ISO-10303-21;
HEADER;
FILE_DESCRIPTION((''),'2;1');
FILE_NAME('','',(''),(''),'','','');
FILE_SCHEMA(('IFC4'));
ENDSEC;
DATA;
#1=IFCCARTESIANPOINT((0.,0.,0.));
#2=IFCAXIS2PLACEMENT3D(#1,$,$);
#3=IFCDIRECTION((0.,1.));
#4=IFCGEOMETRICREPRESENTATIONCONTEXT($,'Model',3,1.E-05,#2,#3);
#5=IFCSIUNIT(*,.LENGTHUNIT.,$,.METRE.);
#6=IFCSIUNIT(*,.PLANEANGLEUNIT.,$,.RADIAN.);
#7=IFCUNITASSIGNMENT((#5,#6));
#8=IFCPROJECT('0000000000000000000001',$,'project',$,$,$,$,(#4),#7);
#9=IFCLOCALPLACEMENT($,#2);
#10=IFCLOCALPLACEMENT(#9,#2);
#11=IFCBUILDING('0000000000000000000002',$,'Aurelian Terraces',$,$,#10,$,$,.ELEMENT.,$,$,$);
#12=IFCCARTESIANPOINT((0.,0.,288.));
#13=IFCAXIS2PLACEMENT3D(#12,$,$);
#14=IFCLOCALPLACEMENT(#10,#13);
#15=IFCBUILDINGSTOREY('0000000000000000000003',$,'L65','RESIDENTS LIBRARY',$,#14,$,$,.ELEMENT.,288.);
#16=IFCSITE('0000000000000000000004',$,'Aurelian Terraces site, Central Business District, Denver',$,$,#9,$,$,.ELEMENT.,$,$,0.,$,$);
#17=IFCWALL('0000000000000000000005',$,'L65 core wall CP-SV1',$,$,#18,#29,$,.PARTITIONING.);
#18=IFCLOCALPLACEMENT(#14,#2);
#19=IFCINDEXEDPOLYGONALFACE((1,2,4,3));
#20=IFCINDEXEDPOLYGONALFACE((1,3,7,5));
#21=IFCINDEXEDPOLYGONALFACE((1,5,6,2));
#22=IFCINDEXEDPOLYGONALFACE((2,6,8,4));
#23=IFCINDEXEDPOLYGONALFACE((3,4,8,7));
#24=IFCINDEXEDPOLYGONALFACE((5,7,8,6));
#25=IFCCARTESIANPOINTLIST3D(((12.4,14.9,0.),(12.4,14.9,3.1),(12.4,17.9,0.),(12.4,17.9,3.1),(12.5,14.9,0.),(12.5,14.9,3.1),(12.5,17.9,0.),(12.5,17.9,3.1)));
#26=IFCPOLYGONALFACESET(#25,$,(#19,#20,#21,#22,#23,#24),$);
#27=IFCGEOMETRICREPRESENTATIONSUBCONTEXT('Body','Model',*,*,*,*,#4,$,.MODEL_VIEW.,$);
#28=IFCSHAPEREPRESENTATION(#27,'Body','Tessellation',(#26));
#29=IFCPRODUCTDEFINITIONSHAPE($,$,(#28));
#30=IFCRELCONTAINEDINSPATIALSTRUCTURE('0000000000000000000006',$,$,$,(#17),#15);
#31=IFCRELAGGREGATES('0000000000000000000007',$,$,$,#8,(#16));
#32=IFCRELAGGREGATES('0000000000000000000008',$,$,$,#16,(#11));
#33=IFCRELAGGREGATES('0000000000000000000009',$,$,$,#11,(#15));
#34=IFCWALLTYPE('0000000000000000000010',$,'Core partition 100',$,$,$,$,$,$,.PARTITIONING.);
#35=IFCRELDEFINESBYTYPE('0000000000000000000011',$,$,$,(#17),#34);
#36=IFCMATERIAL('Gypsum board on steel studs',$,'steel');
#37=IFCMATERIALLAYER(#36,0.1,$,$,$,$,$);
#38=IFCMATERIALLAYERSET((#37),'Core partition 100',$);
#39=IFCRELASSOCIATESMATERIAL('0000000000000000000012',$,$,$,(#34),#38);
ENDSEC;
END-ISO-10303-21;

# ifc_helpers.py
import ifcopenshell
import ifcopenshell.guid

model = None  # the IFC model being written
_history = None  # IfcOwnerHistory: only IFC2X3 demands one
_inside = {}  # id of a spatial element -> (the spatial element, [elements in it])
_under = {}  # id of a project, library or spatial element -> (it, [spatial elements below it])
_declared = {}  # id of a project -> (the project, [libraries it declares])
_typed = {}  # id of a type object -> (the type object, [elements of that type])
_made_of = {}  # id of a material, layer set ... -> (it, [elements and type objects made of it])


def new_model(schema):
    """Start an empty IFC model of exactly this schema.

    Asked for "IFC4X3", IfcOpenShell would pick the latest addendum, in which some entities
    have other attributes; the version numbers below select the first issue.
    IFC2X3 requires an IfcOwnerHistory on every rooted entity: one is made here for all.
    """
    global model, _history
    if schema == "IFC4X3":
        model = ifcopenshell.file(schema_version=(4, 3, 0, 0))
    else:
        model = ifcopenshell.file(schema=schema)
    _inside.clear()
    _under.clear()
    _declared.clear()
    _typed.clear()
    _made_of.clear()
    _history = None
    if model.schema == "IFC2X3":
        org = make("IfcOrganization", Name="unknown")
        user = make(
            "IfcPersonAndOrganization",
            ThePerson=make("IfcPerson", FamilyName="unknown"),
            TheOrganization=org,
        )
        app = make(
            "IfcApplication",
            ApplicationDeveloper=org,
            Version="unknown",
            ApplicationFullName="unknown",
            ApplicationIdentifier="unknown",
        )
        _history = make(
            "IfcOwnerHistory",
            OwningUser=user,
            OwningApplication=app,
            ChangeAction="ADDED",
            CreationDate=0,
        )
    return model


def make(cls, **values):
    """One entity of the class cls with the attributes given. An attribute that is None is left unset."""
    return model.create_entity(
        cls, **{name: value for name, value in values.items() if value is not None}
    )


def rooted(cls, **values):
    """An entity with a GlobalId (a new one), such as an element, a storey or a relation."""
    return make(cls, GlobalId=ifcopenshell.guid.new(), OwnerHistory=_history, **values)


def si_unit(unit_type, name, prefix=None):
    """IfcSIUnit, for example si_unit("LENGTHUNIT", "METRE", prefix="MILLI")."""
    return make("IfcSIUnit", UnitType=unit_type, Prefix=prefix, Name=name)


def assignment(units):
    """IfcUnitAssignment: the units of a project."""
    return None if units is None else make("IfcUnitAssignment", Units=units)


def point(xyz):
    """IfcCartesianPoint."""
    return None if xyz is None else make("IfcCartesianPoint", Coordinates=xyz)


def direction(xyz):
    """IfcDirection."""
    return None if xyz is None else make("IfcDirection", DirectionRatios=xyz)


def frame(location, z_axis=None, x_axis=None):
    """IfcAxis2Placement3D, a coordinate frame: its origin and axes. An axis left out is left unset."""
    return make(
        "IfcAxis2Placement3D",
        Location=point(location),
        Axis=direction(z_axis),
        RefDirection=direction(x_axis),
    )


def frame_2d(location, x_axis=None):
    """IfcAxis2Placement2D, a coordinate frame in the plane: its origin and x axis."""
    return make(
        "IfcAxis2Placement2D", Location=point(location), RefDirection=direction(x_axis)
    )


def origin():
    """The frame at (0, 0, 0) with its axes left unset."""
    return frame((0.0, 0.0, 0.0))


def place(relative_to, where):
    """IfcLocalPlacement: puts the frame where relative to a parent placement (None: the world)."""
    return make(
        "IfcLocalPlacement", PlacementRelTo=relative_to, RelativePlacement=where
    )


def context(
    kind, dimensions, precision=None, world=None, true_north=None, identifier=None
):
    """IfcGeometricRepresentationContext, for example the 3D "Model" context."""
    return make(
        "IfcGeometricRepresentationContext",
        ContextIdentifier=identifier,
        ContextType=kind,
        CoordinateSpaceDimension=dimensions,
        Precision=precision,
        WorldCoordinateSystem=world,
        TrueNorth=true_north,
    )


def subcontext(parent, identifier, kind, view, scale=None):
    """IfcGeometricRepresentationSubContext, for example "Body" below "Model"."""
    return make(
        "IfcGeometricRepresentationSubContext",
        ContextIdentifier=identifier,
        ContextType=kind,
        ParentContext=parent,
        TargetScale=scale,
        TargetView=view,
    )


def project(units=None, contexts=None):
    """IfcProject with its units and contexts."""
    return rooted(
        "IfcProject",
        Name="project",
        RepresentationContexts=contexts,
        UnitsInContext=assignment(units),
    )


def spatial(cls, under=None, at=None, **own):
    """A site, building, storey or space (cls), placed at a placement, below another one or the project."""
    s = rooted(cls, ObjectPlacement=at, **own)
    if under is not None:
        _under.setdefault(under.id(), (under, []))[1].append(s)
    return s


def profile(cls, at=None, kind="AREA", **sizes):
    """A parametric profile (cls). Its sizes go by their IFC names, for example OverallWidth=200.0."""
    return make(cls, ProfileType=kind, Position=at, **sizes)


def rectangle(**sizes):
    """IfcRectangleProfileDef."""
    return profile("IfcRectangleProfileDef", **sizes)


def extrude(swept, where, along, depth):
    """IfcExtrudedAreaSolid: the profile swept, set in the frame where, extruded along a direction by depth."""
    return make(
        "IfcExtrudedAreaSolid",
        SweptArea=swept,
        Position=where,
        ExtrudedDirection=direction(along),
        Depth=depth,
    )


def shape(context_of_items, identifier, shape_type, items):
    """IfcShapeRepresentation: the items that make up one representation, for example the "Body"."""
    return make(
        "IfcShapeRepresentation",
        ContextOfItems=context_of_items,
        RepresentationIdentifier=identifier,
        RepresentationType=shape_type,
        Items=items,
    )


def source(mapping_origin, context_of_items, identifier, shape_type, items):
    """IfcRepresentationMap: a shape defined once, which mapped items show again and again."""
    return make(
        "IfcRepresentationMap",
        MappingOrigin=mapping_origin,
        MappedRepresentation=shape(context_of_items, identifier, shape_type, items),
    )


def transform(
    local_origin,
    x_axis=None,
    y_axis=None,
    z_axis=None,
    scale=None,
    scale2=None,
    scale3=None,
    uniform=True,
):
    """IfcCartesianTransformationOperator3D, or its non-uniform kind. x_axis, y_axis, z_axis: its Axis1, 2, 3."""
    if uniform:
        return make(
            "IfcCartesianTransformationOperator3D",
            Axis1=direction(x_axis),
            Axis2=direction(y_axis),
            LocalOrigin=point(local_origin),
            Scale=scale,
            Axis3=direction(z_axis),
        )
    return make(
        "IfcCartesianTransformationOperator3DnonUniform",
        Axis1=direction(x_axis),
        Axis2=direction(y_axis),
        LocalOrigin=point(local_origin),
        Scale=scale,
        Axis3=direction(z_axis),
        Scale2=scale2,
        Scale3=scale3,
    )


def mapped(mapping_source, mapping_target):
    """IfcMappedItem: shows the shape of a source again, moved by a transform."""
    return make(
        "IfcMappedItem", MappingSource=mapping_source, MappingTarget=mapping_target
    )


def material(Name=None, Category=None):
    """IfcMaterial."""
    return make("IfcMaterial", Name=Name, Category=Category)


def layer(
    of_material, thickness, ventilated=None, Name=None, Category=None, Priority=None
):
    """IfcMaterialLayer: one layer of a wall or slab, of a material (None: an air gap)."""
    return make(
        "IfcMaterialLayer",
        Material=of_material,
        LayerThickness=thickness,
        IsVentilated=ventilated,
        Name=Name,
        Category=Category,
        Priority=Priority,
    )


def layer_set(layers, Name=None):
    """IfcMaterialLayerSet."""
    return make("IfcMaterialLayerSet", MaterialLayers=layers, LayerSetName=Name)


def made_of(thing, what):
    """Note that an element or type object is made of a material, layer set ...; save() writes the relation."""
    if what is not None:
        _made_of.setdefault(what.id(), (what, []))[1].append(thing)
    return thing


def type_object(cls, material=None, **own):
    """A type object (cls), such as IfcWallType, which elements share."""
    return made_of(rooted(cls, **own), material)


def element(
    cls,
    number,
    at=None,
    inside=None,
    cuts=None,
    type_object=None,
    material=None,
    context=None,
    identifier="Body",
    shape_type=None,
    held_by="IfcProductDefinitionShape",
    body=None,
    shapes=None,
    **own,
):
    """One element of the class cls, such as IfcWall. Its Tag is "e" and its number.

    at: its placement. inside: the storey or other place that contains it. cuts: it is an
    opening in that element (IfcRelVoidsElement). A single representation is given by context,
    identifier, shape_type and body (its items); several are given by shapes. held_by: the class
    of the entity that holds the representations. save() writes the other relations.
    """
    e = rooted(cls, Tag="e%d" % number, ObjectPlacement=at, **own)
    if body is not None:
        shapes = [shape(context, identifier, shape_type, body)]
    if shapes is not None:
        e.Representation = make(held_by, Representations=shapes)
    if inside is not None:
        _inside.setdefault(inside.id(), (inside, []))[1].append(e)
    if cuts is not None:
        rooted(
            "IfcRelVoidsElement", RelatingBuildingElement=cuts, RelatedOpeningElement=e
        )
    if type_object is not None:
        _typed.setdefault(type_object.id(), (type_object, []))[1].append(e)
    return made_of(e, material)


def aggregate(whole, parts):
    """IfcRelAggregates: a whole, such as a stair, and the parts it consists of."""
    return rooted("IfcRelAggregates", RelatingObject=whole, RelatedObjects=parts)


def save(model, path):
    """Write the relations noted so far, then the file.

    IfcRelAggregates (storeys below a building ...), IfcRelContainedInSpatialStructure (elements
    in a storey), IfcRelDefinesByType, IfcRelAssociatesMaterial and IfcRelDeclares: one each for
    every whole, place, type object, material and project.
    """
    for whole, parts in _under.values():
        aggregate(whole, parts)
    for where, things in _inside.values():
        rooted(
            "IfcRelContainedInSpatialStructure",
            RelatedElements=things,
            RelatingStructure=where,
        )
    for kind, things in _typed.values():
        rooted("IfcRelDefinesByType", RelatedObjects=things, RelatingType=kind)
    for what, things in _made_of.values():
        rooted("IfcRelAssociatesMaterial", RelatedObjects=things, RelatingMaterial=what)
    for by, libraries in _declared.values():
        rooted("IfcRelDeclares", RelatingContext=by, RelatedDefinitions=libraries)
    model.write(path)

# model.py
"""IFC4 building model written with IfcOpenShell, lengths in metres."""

from ifc_helpers import new_model, si_unit, direction, frame, frame_2d, origin, place, context, subcontext, project, spatial, rectangle, extrude, source, transform, mapped, material, layer, layer_set, type_object, element, save


model = new_model("IFC4")

# Units and contexts
model_context = context("Model", 3, precision=1e-05, world=origin(), true_north=direction((0.0, 1.0)))
body_context = subcontext(model_context, "Body", "Model", "MODEL_VIEW")
ifc_project = project(units=[si_unit("LENGTHUNIT", "METRE"), si_unit("PLANEANGLEUNIT", "RADIAN")], contexts=[model_context])

# Site, building, storey
site_placement = place(None, origin())
site = spatial("IfcSite", under=ifc_project, at=site_placement, Name="Aurelian Terraces site, Central Business District, Denver", CompositionType="ELEMENT", RefElevation=0.0)
building_placement = place(site_placement, origin())
building = spatial("IfcBuilding", under=site, at=building_placement, Name="Aurelian Terraces", CompositionType="ELEMENT")
storey_placement = place(building_placement, frame((0.0, 0.0, 288.0)))
storey = spatial("IfcBuildingStorey", under=building, at=storey_placement, Name="L65", Description="RESIDENTS LIBRARY", CompositionType="ELEMENT", Elevation=288.0)

# Shared definitions
ifc_material_1 = material(Name="Gypsum board on steel studs", Category="steel")

# Wall
ifc_layer_1 = layer(ifc_material_1, 0.1)
ifc_layer_set_1 = layer_set([ifc_layer_1], Name="Core partition 100")
wall_type_1 = type_object("IfcWallType", Name="Core partition 100", PredefinedType="PARTITIONING", material=ifc_layer_set_1)
shared_shape_1 = source(origin(), body_context, "Body", "SweptSolid", [
    extrude(rectangle(XDim=3.0, YDim=0.1, at=frame_2d((1.5, 0.0))), origin(), (0.0, 0.0, 1.0), 3.1),
])
wall_1_placement = place(storey_placement, frame((12.45, 14.9, 0.0), z_axis=(0.0, 0.0, 1.0), x_axis=(0.0, 1.0, 0.0)))
element("IfcWall", 1, at=wall_1_placement, inside=storey, type_object=wall_type_1, Name="L65 core wall CP-SV1", PredefinedType="PARTITIONING", context=body_context, shape_type="MappedRepresentation", body=[
    mapped(shared_shape_1, transform((0.0, 0.0, 0.0), scale=1.0)),
])

save(model, "model.ifc")
